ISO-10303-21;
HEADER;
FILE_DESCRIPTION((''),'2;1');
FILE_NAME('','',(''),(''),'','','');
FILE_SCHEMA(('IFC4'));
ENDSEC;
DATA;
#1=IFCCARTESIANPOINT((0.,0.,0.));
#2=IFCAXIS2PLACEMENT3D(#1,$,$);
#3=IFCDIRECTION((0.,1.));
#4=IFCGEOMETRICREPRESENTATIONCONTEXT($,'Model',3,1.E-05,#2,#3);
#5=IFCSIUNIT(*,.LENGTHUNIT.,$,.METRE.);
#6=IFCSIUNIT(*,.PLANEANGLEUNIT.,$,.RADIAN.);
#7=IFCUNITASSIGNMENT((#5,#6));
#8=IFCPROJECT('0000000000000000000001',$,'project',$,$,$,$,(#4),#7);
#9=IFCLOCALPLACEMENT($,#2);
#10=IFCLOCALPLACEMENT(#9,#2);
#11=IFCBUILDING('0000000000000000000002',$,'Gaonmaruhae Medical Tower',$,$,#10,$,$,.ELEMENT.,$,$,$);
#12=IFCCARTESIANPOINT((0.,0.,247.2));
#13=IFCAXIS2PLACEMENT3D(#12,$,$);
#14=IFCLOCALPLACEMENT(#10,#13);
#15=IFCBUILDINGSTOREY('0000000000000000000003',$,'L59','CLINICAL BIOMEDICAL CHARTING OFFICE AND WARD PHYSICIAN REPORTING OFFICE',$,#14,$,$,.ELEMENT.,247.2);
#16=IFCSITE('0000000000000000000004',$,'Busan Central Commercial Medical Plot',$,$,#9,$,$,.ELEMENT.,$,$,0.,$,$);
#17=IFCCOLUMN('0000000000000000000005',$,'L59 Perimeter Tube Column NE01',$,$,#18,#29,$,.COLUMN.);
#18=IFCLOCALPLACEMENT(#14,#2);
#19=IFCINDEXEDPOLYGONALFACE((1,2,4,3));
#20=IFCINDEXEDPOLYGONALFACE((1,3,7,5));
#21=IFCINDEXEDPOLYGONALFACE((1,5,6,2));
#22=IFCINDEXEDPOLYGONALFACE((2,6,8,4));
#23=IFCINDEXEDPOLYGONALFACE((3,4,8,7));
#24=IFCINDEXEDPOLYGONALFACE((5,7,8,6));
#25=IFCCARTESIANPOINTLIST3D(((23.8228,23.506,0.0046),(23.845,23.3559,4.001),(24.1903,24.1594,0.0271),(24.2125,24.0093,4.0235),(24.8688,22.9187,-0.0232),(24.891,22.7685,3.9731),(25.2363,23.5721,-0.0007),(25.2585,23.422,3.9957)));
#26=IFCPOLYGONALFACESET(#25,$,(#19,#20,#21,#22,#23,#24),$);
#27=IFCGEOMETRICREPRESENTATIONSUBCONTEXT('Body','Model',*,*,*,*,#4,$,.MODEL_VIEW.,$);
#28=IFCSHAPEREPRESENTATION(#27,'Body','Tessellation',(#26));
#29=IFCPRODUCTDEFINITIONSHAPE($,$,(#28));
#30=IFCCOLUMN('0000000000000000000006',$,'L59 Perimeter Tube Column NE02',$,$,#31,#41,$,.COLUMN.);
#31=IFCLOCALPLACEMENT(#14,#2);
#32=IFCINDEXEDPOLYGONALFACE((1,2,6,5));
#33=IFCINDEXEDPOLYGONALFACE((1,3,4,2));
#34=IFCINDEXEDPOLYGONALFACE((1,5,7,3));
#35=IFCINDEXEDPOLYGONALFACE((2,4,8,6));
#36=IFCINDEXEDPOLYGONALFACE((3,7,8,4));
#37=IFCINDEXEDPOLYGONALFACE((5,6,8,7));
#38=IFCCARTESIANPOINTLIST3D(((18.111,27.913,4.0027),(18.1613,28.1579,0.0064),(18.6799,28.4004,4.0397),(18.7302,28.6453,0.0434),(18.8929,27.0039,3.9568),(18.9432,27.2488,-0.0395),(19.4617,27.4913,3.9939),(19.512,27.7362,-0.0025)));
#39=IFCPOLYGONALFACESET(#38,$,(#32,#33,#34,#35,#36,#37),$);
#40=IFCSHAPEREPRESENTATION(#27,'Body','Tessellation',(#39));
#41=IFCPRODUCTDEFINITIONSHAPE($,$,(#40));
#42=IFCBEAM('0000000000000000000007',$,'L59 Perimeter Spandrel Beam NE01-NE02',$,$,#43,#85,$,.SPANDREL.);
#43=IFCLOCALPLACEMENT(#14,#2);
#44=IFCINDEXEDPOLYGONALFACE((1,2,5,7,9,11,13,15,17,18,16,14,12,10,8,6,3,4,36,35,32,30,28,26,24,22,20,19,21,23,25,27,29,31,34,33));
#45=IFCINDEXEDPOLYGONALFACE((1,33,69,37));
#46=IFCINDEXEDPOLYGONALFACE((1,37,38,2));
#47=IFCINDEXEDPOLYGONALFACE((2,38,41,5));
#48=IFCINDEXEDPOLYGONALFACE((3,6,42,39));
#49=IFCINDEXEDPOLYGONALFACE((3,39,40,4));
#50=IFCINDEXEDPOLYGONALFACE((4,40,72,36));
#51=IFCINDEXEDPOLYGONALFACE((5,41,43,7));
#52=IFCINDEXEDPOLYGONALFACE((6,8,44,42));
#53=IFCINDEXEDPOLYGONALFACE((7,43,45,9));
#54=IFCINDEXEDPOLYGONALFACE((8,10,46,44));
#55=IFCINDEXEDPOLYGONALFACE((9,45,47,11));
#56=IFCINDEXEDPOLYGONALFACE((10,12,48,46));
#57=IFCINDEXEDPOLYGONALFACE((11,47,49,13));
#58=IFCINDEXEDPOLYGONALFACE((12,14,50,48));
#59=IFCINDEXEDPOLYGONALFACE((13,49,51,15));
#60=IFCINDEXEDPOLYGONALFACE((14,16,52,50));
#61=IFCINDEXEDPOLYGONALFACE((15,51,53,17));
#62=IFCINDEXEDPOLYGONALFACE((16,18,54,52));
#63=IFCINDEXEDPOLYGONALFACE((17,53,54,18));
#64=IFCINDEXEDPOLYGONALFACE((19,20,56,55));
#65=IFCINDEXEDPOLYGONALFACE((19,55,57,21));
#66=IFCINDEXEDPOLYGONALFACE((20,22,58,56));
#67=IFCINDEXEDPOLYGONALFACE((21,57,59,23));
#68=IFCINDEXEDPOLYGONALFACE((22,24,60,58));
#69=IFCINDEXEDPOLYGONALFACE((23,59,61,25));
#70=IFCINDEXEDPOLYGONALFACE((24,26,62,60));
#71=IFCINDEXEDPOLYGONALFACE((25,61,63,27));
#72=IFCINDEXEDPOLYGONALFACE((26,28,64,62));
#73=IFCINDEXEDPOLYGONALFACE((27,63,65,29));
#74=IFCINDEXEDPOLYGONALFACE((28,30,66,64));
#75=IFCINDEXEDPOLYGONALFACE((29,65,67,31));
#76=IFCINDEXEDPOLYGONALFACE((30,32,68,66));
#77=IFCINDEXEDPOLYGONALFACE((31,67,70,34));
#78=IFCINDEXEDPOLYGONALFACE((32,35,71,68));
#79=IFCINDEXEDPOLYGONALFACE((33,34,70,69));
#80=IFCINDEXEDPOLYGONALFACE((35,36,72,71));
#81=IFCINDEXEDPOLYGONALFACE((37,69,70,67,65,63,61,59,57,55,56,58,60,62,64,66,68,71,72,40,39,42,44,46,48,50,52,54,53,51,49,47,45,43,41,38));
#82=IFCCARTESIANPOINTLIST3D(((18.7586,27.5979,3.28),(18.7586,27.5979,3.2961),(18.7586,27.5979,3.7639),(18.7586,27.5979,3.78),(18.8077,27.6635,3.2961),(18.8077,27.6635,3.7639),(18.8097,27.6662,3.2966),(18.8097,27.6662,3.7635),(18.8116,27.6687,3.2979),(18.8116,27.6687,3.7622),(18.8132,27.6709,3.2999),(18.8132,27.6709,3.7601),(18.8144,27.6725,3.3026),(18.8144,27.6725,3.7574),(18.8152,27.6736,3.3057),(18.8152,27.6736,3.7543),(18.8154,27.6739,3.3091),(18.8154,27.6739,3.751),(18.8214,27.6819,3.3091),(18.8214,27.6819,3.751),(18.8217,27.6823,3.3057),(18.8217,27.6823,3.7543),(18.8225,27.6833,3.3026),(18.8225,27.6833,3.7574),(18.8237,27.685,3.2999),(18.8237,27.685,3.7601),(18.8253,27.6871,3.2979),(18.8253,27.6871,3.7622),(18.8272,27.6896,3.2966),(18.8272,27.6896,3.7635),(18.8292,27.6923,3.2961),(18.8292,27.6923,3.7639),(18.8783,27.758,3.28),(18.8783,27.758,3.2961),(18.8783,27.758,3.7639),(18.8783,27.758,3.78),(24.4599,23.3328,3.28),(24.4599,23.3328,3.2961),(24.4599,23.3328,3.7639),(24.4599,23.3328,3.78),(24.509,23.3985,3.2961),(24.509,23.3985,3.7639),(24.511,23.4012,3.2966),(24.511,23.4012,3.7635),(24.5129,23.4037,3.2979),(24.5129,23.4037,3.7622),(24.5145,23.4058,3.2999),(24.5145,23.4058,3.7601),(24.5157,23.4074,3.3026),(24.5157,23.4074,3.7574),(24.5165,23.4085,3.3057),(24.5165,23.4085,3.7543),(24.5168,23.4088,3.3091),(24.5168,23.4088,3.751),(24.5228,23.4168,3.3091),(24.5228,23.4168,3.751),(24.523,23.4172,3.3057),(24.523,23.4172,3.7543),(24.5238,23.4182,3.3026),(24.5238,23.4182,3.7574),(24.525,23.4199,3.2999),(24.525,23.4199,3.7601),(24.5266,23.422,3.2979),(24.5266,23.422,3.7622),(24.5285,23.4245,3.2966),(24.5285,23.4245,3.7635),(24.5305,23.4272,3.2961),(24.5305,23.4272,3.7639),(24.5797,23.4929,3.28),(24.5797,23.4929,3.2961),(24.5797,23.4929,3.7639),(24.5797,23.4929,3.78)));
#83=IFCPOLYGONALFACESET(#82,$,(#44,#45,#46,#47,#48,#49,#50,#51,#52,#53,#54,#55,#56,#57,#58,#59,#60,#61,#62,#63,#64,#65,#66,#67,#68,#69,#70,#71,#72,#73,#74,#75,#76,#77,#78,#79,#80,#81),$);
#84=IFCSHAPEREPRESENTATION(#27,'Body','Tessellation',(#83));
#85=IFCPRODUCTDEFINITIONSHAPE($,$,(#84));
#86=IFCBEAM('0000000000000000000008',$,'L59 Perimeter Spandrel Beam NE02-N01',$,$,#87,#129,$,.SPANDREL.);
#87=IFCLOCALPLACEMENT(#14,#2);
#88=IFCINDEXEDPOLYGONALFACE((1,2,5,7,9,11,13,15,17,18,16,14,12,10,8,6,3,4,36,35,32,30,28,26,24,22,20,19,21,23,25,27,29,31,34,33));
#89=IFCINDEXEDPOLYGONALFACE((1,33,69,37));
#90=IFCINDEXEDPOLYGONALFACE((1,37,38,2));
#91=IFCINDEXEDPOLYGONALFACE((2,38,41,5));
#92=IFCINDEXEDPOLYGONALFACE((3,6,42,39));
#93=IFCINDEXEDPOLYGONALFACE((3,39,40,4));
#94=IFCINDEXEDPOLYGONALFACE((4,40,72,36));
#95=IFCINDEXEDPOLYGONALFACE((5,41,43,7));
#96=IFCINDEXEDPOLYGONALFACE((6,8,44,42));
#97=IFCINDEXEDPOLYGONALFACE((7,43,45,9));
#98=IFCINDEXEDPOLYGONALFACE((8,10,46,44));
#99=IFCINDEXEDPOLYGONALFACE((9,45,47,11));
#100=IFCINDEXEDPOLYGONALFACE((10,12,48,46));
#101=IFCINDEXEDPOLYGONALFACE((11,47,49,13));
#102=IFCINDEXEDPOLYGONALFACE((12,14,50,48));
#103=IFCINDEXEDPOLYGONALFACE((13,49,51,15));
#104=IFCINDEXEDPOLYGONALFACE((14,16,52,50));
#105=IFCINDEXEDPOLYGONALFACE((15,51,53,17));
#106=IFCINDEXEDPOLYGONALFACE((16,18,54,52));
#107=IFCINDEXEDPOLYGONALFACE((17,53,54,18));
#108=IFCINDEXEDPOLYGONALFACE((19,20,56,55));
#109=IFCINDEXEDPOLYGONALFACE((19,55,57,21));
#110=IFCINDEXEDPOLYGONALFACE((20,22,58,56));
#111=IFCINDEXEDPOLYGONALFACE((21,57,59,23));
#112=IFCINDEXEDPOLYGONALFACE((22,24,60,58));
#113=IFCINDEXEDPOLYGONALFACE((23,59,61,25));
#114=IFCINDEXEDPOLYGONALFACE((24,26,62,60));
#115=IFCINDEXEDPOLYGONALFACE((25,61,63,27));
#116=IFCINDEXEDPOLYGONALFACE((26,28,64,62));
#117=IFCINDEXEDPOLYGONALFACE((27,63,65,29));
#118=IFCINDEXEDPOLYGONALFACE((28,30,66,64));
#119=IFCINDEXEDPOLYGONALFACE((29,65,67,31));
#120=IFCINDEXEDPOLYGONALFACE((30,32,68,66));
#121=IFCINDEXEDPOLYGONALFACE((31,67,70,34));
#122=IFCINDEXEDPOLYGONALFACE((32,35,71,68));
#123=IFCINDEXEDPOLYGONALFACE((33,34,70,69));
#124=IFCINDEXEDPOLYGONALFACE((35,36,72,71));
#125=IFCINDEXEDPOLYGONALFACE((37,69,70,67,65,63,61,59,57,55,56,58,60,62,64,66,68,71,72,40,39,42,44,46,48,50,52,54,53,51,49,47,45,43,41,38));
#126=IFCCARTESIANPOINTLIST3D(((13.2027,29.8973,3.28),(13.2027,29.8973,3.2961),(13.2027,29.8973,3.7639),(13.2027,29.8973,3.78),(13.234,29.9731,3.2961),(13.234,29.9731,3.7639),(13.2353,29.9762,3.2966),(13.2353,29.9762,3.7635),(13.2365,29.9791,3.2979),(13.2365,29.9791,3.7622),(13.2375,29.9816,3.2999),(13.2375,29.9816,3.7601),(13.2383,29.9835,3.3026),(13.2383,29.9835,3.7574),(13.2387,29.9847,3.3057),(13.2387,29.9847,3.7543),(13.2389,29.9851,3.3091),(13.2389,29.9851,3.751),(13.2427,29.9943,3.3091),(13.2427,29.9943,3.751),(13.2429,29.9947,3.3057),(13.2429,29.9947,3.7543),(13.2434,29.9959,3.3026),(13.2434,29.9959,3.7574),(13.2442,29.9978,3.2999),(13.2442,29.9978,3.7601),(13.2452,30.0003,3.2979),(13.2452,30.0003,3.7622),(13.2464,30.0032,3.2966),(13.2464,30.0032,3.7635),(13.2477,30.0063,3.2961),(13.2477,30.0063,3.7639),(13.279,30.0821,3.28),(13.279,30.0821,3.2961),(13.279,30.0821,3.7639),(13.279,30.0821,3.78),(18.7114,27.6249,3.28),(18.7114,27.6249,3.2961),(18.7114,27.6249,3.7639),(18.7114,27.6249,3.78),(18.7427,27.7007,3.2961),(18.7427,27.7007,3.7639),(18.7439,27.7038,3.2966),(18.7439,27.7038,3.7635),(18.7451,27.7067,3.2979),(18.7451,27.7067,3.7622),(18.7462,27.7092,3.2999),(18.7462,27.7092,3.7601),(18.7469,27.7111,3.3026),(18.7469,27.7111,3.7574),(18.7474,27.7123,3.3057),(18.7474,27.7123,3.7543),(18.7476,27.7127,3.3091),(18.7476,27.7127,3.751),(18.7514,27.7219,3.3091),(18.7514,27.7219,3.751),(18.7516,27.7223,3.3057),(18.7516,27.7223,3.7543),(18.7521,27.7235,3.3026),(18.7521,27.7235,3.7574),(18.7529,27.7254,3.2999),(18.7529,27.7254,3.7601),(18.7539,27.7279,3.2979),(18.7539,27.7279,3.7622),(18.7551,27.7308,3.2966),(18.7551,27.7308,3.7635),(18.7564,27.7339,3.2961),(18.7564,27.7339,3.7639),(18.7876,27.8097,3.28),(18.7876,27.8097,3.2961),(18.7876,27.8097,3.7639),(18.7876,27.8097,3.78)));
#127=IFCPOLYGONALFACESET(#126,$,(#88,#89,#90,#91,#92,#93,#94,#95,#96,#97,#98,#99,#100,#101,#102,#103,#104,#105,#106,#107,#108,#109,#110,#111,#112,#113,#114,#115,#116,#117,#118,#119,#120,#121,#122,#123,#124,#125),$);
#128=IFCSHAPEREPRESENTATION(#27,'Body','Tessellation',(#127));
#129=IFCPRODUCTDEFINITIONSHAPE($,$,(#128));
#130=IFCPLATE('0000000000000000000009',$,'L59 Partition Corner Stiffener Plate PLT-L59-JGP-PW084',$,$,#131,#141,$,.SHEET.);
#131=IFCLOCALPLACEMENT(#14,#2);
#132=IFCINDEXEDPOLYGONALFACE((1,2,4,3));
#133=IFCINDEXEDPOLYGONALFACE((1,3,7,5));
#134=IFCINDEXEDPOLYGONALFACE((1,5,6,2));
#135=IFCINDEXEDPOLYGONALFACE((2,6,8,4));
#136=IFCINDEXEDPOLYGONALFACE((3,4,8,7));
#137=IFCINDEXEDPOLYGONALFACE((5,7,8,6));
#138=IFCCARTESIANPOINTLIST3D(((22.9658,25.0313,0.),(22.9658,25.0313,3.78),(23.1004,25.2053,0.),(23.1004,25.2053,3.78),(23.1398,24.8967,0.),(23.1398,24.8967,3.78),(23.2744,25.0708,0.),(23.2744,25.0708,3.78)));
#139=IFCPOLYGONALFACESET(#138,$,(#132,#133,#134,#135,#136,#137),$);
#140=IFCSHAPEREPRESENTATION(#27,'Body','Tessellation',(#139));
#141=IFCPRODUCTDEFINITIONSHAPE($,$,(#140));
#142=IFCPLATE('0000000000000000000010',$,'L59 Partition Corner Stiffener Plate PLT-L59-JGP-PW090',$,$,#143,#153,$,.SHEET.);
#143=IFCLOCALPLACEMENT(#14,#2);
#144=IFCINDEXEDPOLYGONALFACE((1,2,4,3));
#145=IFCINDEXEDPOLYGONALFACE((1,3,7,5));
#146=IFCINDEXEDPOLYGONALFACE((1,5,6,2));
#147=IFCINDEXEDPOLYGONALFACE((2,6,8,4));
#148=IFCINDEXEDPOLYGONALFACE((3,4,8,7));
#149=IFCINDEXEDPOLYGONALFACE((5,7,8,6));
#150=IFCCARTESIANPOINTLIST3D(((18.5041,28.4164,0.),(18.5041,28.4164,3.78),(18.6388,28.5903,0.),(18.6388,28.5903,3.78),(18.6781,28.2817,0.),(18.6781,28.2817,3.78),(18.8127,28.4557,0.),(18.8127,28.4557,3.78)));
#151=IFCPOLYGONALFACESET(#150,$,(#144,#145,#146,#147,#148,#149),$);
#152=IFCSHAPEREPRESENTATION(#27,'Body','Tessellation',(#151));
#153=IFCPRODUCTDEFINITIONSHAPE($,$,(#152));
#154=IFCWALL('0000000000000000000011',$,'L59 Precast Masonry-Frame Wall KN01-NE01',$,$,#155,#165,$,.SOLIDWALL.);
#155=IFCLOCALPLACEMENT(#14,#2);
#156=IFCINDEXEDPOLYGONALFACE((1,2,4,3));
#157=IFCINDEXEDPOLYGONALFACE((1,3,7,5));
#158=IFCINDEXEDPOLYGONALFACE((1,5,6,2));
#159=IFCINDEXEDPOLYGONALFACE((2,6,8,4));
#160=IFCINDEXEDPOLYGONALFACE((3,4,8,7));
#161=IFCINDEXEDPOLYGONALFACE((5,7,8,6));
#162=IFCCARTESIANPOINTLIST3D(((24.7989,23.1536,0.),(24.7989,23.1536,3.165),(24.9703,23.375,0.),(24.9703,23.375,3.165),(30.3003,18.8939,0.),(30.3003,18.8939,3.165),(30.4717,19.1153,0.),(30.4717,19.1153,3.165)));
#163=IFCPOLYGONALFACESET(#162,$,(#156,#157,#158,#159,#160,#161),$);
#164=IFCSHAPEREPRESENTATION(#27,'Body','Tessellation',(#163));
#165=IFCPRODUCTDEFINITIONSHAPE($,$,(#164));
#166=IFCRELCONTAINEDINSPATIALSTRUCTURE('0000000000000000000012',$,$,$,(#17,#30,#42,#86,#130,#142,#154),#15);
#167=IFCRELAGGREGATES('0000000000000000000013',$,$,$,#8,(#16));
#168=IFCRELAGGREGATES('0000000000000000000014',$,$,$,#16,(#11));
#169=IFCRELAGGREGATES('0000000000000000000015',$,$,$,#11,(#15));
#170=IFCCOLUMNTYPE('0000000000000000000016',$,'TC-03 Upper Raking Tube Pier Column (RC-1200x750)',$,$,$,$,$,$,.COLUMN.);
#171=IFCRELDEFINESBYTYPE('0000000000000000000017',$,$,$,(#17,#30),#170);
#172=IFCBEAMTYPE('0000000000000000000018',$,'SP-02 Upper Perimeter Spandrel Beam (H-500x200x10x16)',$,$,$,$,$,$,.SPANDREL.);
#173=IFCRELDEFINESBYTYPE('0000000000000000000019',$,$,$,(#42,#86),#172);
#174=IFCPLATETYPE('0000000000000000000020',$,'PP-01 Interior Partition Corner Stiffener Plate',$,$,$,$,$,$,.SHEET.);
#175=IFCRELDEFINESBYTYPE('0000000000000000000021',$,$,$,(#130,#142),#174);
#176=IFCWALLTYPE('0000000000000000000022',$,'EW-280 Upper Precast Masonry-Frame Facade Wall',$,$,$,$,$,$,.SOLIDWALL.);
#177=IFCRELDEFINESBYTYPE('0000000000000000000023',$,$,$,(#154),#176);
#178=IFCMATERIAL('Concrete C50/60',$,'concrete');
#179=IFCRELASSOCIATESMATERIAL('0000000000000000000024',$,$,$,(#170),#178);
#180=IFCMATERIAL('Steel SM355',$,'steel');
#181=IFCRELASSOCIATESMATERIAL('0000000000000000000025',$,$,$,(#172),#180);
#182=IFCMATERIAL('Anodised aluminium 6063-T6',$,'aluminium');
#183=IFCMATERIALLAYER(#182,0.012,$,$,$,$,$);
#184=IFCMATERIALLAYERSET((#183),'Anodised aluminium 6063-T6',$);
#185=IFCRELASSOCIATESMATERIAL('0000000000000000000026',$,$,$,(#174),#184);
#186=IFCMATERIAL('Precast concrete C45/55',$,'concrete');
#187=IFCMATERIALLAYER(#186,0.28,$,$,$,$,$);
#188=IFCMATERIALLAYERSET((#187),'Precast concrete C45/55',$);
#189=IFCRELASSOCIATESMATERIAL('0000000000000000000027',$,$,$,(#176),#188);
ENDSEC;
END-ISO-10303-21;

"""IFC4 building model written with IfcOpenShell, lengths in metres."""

from ifc_helpers import new_model, si_unit, direction, frame, frame_2d, origin, origin_2d, place, context, subcontext, project, spatial, rectangle, i_section, extrude, material, layer, layer_set, material_profile, profile_set, type_object, element, save


model = new_model("IFC4")

# Units and contexts
model_context = context("Model", 3, precision=1e-05, world=origin(), true_north=direction((0.0, 1.0)))
body_context = subcontext(model_context, "Body", "Model", "MODEL_VIEW")
ifc_project = project(units=[si_unit("LENGTHUNIT", "METRE"), si_unit("PLANEANGLEUNIT", "RADIAN")], contexts=[model_context])

# Site, building, storey
site_placement = place(None, origin())
site = spatial("IfcSite", under=ifc_project, at=site_placement, Name="Busan Central Commercial Medical Plot", CompositionType="ELEMENT", RefElevation=0.0)
building_placement = place(site_placement, origin())
building = spatial("IfcBuilding", under=site, at=building_placement, Name="Gaonmaruhae Medical Tower", CompositionType="ELEMENT")
storey_placement = place(building_placement, frame((0.0, 0.0, 247.2)))
storey = spatial("IfcBuildingStorey", under=building, at=storey_placement, Name="L59", Description="CLINICAL BIOMEDICAL CHARTING OFFICE AND WARD PHYSICIAN REPORTING OFFICE", CompositionType="ELEMENT", Elevation=247.2)

# Columns
ifc_material_1 = material(Name="Concrete C50/60", Category="concrete")
ifc_material_profile_1 = material_profile(ifc_material_1, rectangle(XDim=1.2, YDim=0.75, at=origin_2d()), Name="RC-1200x750")
ifc_profile_set_1 = profile_set([ifc_material_profile_1], Name="Concrete C50/60")
column_type = type_object("IfcColumnType", Name="TC-03 Upper Raking Tube Pier Column (RC-1200x750)", PredefinedType="COLUMN", material=ifc_profile_set_1)
column_1_placement = place(storey_placement, frame((24.5295, 23.5391, 0.002), z_axis=(0.005555, -0.037544, 0.99928), x_axis=(-0.871721, 0.489451, 0.023235)))
element("IfcColumn", 1, at=column_1_placement, inside=storey, type_object=column_type, Name="L59 Perimeter Tube Column NE01", PredefinedType="COLUMN", context=body_context, shape_type="SweptSolid", body=[
    extrude(rectangle(XDim=1.2, YDim=0.75, at=origin_2d()), origin(), (0.0, 0.0, 1.0), 3.9993),
])
column_2_placement = place(storey_placement, frame((18.8367, 27.947, 0.002), z_axis=(-0.01256, -0.061155, 0.998049), x_axis=(-0.651594, 0.757604, 0.038222)))
element("IfcColumn", 2, at=column_2_placement, inside=storey, type_object=column_type, Name="L59 Perimeter Tube Column NE02", PredefinedType="COLUMN", context=body_context, shape_type="SweptSolid", body=[
    extrude(rectangle(XDim=1.2, YDim=0.75, at=origin_2d()), origin(), (0.0, 0.0, 1.0), 4.0042),
])

# Beams
ifc_material_2 = material(Name="Steel SM355", Category="steel")
ifc_material_profile_2 = material_profile(ifc_material_2, i_section(OverallWidth=0.2, OverallDepth=0.5, WebThickness=0.01, FlangeThickness=0.0161, FilletRadius=0.0129, at=origin_2d()), Name="H-500x200x10x16")
ifc_profile_set_2 = profile_set([ifc_material_profile_2], Name="Steel SM355")
beam_type = type_object("IfcBeamType", Name="SP-02 Upper Perimeter Spandrel Beam (H-500x200x10x16)", PredefinedType="SPANDREL", material=ifc_profile_set_2)
beam_1_placement = place(storey_placement, frame((24.5198, 23.4128, 3.53), z_axis=(-0.800736, 0.599018, 0.0), x_axis=(-0.599018, -0.800736, 0.0)))
element("IfcBeam", 3, at=beam_1_placement, inside=storey, type_object=beam_type, Name="L59 Perimeter Spandrel Beam NE01-NE02", PredefinedType="SPANDREL", context=body_context, shape_type="SweptSolid", body=[
    extrude(i_section(OverallWidth=0.2, OverallDepth=0.5, WebThickness=0.01, FlangeThickness=0.0161, FilletRadius=0.0129, at=origin_2d()), origin(), (0.0, 0.0, 1.0), 7.1201),
])
beam_2_placement = place(storey_placement, frame((18.7495, 27.7173, 3.53), z_axis=(-0.924434, 0.381343, 0.0), x_axis=(-0.381343, -0.924434, 0.0)))
element("IfcBeam", 4, at=beam_2_placement, inside=storey, type_object=beam_type, Name="L59 Perimeter Spandrel Beam NE02-N01", PredefinedType="SPANDREL", context=body_context, shape_type="SweptSolid", body=[
    extrude(i_section(OverallWidth=0.2, OverallDepth=0.5, WebThickness=0.01, FlangeThickness=0.0161, FilletRadius=0.0129, at=origin_2d()), origin(), (0.0, 0.0, 1.0), 5.959),
])

# Plates
ifc_material_3 = material(Name="Anodised aluminium 6063-T6", Category="aluminium")
ifc_layer_1 = layer(ifc_material_3, 0.012)
ifc_layer_set_1 = layer_set([ifc_layer_1], Name="Anodised aluminium 6063-T6")
plate_type = type_object("IfcPlateType", Name="PP-01 Interior Partition Corner Stiffener Plate", PredefinedType="SHEET", material=ifc_layer_set_1)
for number, where, z_axis, x_axis, name in (
    (5, (23.1201, 25.051, 0.0), (0.0, 0.0, 1.0), (0.611707, 0.791085, 0.0), "L59 Partition Corner Stiffener Plate PLT-L59-JGP-PW084"),
    (6, (18.6584, 28.436, 0.0), (0.0, 0.0, 1.0), (0.612286, 0.790636, 0.0), "L59 Partition Corner Stiffener Plate PLT-L59-JGP-PW090"),
):
    element("IfcPlate", number, at=place(storey_placement, frame(where, z_axis=z_axis, x_axis=x_axis)), inside=storey, type_object=plate_type, Name=name, PredefinedType="SHEET", context=body_context, shape_type="SweptSolid", body=[
        extrude(rectangle(XDim=0.22, YDim=0.22, at=origin_2d()), origin(), (0.0, 0.0, 1.0), 3.78),
    ])

# Wall
ifc_material_4 = material(Name="Precast concrete C45/55", Category="concrete")
ifc_layer_2 = layer(ifc_material_4, 0.28)
ifc_layer_set_2 = layer_set([ifc_layer_2], Name="Precast concrete C45/55")
wall_type_1 = type_object("IfcWallType", Name="EW-280 Upper Precast Masonry-Frame Facade Wall", PredefinedType="SOLIDWALL", material=ifc_layer_set_2)
wall_1_placement = place(storey_placement, frame((24.8845, 23.2644, 0.0), z_axis=(0.0, 0.0, 1.0), x_axis=(0.790684, -0.612224, 0.0)))
element("IfcWall", 7, at=wall_1_placement, inside=storey, type_object=wall_type_1, Name="L59 Precast Masonry-Frame Wall KN01-NE01", PredefinedType="SOLIDWALL", context=body_context, shape_type="SweptSolid", body=[
    extrude(rectangle(XDim=6.9578, YDim=0.28, at=frame_2d((3.479, 0.0))), origin(), (0.0, 0.0, 1.0), 3.165),
])

save(model, "model.ifc")
